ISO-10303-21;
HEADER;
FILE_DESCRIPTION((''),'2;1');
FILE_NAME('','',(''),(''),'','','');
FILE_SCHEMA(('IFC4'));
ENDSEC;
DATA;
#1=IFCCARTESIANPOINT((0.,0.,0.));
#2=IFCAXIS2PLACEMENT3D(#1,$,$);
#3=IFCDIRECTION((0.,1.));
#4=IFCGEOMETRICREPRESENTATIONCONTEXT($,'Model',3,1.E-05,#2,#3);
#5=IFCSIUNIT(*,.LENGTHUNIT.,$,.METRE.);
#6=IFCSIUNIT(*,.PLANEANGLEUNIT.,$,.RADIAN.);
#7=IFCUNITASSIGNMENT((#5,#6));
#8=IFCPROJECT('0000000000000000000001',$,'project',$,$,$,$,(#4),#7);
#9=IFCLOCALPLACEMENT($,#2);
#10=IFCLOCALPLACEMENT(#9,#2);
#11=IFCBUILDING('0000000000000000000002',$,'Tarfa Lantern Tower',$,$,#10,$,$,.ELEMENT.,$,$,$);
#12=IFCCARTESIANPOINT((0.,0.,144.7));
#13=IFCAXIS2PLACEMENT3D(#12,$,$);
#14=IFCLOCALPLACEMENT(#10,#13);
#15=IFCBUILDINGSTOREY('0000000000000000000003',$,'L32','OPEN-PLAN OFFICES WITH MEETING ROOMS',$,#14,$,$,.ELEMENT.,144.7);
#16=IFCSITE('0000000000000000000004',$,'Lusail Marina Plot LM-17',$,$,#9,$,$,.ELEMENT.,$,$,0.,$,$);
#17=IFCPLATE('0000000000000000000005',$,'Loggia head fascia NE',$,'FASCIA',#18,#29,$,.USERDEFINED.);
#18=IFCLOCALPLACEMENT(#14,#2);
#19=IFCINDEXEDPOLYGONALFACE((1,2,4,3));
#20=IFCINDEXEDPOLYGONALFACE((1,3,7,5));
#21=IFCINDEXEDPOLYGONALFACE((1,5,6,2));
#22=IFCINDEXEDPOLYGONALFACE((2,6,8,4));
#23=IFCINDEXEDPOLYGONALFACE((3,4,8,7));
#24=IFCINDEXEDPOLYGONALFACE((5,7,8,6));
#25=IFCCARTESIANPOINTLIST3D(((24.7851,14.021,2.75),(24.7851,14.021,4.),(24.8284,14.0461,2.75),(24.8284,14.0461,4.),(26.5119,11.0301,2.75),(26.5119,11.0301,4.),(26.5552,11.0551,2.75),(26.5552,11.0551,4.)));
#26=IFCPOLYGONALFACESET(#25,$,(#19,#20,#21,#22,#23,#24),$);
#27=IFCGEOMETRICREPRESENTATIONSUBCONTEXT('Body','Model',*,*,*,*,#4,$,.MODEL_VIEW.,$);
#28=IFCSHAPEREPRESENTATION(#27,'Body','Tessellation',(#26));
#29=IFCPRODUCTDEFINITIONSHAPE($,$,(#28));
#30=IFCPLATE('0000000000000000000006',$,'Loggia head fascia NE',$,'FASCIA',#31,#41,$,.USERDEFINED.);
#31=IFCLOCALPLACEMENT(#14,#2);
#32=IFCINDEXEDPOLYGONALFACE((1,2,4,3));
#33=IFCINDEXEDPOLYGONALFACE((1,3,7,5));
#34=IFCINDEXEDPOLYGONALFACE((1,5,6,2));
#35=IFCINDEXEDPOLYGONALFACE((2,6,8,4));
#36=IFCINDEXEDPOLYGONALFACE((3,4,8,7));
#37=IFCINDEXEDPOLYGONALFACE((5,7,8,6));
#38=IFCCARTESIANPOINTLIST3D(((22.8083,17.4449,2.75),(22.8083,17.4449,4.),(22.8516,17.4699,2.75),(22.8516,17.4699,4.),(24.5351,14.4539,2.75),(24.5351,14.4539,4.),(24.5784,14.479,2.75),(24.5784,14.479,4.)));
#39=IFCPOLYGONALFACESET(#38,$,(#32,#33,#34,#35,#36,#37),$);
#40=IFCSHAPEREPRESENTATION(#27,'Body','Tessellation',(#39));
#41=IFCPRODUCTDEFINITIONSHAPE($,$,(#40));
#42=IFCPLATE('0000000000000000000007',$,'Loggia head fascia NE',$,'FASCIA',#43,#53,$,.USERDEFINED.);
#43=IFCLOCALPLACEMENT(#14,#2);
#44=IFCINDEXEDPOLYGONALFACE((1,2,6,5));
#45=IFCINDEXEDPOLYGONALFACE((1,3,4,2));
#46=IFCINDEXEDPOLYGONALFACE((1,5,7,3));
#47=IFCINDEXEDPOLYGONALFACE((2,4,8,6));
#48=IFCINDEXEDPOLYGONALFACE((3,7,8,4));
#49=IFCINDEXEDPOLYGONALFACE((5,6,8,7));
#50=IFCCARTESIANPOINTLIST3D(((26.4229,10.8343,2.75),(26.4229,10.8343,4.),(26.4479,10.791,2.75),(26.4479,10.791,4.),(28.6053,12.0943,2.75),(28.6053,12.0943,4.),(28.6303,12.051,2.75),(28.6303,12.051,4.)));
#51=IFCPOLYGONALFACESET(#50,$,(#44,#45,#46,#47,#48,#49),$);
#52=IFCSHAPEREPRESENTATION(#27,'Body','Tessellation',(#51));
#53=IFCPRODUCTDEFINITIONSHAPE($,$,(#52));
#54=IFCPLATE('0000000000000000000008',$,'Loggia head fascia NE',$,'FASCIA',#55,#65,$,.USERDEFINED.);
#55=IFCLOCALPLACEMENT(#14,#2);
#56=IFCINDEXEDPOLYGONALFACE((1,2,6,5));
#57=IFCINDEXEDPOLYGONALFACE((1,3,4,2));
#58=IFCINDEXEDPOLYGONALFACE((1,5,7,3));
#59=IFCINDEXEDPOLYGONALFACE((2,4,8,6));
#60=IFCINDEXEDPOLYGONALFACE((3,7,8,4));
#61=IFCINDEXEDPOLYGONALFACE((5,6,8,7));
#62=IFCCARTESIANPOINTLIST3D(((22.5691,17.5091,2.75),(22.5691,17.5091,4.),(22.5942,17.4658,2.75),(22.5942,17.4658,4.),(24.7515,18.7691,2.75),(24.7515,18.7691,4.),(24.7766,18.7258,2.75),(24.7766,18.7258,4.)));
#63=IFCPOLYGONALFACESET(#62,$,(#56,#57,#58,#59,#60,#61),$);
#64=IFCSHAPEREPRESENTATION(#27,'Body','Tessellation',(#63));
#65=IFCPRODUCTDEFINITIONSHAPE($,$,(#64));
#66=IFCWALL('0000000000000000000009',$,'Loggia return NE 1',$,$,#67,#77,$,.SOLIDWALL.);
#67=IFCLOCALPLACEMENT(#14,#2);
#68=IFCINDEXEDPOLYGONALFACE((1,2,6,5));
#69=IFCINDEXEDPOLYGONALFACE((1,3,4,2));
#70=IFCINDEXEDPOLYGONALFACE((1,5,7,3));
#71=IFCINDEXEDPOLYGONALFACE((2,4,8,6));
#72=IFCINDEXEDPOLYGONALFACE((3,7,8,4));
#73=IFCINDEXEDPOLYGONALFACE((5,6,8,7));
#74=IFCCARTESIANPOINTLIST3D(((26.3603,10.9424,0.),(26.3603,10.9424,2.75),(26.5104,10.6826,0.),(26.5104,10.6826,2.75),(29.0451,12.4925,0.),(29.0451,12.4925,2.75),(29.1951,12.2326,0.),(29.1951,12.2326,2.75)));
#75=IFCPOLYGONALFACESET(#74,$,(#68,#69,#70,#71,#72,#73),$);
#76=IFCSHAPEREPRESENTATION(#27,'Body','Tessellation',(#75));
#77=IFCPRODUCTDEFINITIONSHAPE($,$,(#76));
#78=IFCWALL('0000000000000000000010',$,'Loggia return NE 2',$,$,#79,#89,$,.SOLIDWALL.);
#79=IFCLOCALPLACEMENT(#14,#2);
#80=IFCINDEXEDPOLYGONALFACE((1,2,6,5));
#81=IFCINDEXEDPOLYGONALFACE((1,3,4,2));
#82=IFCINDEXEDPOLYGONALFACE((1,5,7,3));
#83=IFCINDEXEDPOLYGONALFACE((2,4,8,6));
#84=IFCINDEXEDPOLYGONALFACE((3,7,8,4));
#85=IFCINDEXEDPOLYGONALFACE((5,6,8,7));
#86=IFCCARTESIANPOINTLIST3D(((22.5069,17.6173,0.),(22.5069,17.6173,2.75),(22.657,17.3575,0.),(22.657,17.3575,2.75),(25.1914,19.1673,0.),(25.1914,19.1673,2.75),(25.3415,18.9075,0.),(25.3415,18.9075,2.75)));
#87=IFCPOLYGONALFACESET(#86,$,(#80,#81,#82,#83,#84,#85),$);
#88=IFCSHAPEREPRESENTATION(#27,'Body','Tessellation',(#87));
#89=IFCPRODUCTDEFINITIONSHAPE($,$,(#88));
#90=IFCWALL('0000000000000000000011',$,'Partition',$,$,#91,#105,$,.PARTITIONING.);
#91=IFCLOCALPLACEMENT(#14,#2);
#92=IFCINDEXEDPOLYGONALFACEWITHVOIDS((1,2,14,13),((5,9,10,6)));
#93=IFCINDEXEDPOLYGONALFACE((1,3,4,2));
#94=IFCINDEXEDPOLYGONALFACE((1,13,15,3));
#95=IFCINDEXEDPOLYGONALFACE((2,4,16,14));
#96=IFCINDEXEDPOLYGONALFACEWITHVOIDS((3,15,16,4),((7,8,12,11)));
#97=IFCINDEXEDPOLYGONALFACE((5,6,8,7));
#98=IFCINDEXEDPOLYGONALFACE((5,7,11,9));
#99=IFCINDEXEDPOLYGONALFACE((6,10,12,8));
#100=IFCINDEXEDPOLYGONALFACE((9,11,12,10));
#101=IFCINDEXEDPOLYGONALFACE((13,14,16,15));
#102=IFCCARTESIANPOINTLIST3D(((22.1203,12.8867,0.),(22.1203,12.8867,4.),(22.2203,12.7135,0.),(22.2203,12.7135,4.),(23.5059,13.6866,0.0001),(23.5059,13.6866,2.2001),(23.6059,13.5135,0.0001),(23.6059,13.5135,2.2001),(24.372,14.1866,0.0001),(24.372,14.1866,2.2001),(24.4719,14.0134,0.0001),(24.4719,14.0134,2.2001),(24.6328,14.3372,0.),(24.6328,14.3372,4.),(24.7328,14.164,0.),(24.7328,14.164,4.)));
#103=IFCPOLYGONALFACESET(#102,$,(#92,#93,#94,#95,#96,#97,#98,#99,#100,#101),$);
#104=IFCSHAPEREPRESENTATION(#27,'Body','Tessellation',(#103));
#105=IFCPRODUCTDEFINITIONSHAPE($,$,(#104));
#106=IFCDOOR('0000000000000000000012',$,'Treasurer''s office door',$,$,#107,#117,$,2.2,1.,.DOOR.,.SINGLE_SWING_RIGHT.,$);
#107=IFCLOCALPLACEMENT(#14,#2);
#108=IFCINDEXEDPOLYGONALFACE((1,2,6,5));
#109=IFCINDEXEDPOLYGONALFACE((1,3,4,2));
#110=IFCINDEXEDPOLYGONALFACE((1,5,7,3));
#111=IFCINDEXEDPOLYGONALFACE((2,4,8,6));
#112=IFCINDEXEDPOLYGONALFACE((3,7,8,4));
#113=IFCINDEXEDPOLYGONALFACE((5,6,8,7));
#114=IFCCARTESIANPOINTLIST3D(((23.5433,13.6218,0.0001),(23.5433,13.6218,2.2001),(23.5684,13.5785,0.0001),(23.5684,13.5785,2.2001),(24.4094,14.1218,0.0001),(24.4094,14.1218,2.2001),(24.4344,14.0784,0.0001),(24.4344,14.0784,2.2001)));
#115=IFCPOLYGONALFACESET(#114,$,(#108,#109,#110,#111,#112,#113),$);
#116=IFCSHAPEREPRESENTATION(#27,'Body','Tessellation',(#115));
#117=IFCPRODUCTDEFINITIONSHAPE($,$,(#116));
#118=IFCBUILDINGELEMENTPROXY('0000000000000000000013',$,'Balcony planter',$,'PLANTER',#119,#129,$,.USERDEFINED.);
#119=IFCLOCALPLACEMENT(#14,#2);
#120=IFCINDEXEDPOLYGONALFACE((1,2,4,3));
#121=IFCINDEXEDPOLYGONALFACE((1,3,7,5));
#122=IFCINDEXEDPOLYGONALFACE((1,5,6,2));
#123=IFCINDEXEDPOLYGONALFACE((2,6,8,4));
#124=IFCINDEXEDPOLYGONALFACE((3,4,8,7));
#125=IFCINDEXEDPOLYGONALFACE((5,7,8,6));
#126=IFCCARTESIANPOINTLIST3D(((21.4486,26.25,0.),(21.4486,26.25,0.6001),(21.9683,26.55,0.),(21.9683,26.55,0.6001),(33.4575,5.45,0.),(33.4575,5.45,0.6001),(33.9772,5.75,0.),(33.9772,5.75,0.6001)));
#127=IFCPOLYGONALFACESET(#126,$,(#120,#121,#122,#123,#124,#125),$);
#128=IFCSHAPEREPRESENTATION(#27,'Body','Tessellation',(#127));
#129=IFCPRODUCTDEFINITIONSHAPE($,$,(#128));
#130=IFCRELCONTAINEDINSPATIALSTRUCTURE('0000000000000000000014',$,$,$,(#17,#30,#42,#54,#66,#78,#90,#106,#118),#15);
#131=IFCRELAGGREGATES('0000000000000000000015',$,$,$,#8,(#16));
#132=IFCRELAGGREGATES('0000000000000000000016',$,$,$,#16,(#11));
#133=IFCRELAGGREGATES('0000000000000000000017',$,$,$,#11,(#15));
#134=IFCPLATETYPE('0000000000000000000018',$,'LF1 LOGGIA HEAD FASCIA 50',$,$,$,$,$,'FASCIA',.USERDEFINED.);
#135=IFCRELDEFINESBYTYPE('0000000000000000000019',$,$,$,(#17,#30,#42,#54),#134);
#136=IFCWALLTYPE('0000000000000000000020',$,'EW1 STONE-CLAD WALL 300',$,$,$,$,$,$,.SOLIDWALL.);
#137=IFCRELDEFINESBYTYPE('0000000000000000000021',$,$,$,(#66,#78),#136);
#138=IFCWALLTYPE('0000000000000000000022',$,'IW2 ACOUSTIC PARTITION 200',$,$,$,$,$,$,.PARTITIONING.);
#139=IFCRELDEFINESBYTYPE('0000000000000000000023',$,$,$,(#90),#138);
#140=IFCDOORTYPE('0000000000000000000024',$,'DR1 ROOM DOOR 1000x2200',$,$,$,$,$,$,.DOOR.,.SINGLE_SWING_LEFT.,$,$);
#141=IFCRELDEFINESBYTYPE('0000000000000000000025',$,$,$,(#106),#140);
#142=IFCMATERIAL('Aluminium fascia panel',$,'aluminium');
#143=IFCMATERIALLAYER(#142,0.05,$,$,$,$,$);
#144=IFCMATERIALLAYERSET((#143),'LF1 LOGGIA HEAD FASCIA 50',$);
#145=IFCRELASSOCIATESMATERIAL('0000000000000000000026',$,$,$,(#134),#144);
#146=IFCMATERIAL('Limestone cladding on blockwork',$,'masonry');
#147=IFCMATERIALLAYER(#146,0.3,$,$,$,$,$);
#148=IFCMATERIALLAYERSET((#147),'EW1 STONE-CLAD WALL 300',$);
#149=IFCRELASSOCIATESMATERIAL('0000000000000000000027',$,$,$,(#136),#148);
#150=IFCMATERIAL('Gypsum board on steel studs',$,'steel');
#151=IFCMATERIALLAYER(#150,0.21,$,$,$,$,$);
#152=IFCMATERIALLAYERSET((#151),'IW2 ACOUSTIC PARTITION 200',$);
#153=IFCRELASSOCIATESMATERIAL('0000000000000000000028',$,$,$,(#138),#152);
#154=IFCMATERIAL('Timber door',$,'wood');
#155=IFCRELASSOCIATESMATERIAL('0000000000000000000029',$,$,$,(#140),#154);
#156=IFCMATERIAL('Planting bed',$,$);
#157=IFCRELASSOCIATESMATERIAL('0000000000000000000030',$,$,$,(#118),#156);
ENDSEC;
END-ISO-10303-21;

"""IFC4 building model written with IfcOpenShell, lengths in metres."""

from ifc_helpers import new_model, si_unit, direction, frame, frame_2d, origin, origin_2d, place, context, subcontext, project, spatial, rectangle, extrude, material, layer, layer_set, type_object, element, fill, save


model = new_model("IFC4")

# Units and contexts
model_context = context("Model", 3, precision=1e-05, world=origin(), true_north=direction((0.0, 1.0)))
body_context = subcontext(model_context, "Body", "Model", "MODEL_VIEW")
ifc_project = project(units=[si_unit("LENGTHUNIT", "METRE"), si_unit("PLANEANGLEUNIT", "RADIAN")], contexts=[model_context])

# Site, building, storey
site_placement = place(None, origin())
site = spatial("IfcSite", under=ifc_project, at=site_placement, Name="Lusail Marina Plot LM-17", CompositionType="ELEMENT", RefElevation=0.0)
building_placement = place(site_placement, origin())
building = spatial("IfcBuilding", under=site, at=building_placement, Name="Tarfa Lantern Tower", CompositionType="ELEMENT")
storey_placement = place(building_placement, frame((0.0, 0.0, 144.7)))
storey = spatial("IfcBuildingStorey", under=building, at=storey_placement, Name="L32", Description="OPEN-PLAN OFFICES WITH MEETING ROOMS", CompositionType="ELEMENT", Elevation=144.7)

# Plates
ifc_material_1 = material(Name="Aluminium fascia panel", Category="aluminium")
ifc_layer_1 = layer(ifc_material_1, 0.05)
ifc_layer_set_1 = layer_set([ifc_layer_1], Name="LF1 LOGGIA HEAD FASCIA 50")
plate_type_1 = type_object("IfcPlateType", Name="LF1 LOGGIA HEAD FASCIA 50", ElementType="FASCIA", PredefinedType="USERDEFINED", material=ifc_layer_set_1)
for number, where, z_axis, x_axis, name in (
    (1, (25.6702, 12.5381, 2.75), (0.0, 0.0, 1.0), (-0.5, 0.866025, 0.0), "Loggia head fascia NE"),
    (2, (23.6934, 15.9619, 2.75), (0.0, 0.0, 1.0), (-0.5, 0.866025, 0.0), "Loggia head fascia NE"),
):
    element("IfcPlate", number, at=place(storey_placement, frame(where, z_axis=z_axis, x_axis=x_axis)), inside=storey, type_object=plate_type_1, Name=name, ObjectType="FASCIA", PredefinedType="USERDEFINED", context=body_context, shape_type="SweptSolid", body=[
        extrude(rectangle(XDim=3.4536, YDim=0.05, at=origin_2d()), origin(), (0.0, 0.0, 1.0), 1.25),
    ])
for number, where, z_axis, x_axis, name in (
    (3, (27.5266, 11.4426, 2.75), (0.0, 0.0, 1.0), (-0.866025, -0.5, 0.0), "Loggia head fascia NE"),
    (4, (23.6729, 18.1174, 2.75), (0.0, 0.0, 1.0), (-0.866025, -0.5, 0.0), "Loggia head fascia NE"),
):
    element("IfcPlate", number, at=place(storey_placement, frame(where, z_axis=z_axis, x_axis=x_axis)), inside=storey, type_object=plate_type_1, Name=name, ObjectType="FASCIA", PredefinedType="USERDEFINED", context=body_context, shape_type="SweptSolid", body=[
        extrude(rectangle(XDim=2.52, YDim=0.05, at=origin_2d()), origin(), (0.0, 0.0, 1.0), 1.25),
    ])

# Walls
ifc_material_2 = material(Name="Limestone cladding on blockwork", Category="masonry")
ifc_layer_2 = layer(ifc_material_2, 0.3)
ifc_layer_set_2 = layer_set([ifc_layer_2], Name="EW1 STONE-CLAD WALL 300")
wall_type_1 = type_object("IfcWallType", Name="EW1 STONE-CLAD WALL 300", PredefinedType="SOLIDWALL", material=ifc_layer_set_2)
wall_1_placement = place(storey_placement, frame((29.1201, 12.3625, 0.0), z_axis=(0.0, 0.0, 1.0), x_axis=(-0.86603, -0.499993, 0.0)))
element("IfcWall", 5, at=wall_1_placement, inside=storey, type_object=wall_type_1, Name="Loggia return NE 1", PredefinedType="SOLIDWALL", context=body_context, shape_type="SweptSolid", body=[
    extrude(rectangle(XDim=3.1001, YDim=0.3, at=frame_2d((1.55, 0.0))), origin(), (0.0, 0.0, 1.0), 2.75),
])
wall_2_placement = place(storey_placement, frame((25.2664, 19.0374, 0.0), z_axis=(0.0, 0.0, 1.0), x_axis=(-0.86601, -0.500027, 0.0)))
element("IfcWall", 6, at=wall_2_placement, inside=storey, type_object=wall_type_1, Name="Loggia return NE 2", PredefinedType="SOLIDWALL", context=body_context, shape_type="SweptSolid", body=[
    extrude(rectangle(XDim=3.0999, YDim=0.3, at=frame_2d((1.5498, 0.0))), origin(), (0.0, 0.0, 1.0), 2.75),
])

# Wall, opening, door
ifc_material_3 = material(Name="Gypsum board on steel studs", Category="steel")
ifc_layer_3 = layer(ifc_material_3, 0.21)
ifc_layer_set_3 = layer_set([ifc_layer_3], Name="IW2 ACOUSTIC PARTITION 200")
wall_type_2 = type_object("IfcWallType", Name="IW2 ACOUSTIC PARTITION 200", PredefinedType="PARTITIONING", material=ifc_layer_set_3)
wall_3_placement = place(storey_placement, frame((22.1702, 12.8, 0.0), z_axis=(0.0, 0.0, 1.0), x_axis=(0.866044, 0.499968, 0.0)))
wall_3 = element("IfcWall", 7, at=wall_3_placement, inside=storey, type_object=wall_type_2, Name="Partition", PredefinedType="PARTITIONING", context=body_context, shape_type="SweptSolid", body=[
    extrude(rectangle(XDim=2.9011, YDim=0.2, at=frame_2d((1.4507, 0.0))), origin(), (0.0, 0.0, 1.0), 4.0),
])
opening_placement = place(wall_3_placement, frame((1.6001, 0.0, 0.0)))
opening = element("IfcOpeningElement", 8, at=opening_placement, cuts=wall_3, PredefinedType="OPENING", context=body_context, shape_type="SweptSolid", body=[
    extrude(rectangle(XDim=1.0, YDim=2.2, at=frame_2d((0.5, 1.1001))), frame((0.0, 0.1099, 0.0), z_axis=(0.0, -1.0, 0.0), x_axis=(1.0, 0.0, 0.0)), (0.0, 0.0, 1.0), 0.22),
])
ifc_material_4 = material(Name="Timber door", Category="wood")
door_type = type_object("IfcDoorType", Name="DR1 ROOM DOOR 1000x2200", OperationType="SINGLE_SWING_LEFT", PredefinedType="DOOR", material=ifc_material_4)
door_placement = place(opening_placement, frame((1.0, 0.0, 0.0), z_axis=(0.0, 0.0, 1.0), x_axis=(-1.0, 0.0, 0.0)))
door = element("IfcDoor", 9, at=door_placement, inside=storey, type_object=door_type, Name="Treasurer's office door", OperationType="SINGLE_SWING_RIGHT", OverallHeight=2.2, OverallWidth=1.0, PredefinedType="DOOR", context=body_context, shape_type="SweptSolid", body=[
    extrude(rectangle(XDim=1.0, YDim=2.2, at=frame_2d((0.5, 1.1001))), frame((0.0, 0.0249, 0.0), z_axis=(0.0, -1.0, 0.0), x_axis=(1.0, 0.0, 0.0)), (0.0, 0.0, 1.0), 0.05),
])
fill(opening, door)

# Building element proxy
ifc_material_5 = material(Name="Planting bed")
proxy_placement = place(storey_placement, frame((27.7129, 16.0, 0.0), z_axis=(0.0, 0.0, 1.0), x_axis=(-0.5, 0.866025, 0.0)))
element("IfcBuildingElementProxy", 10, at=proxy_placement, inside=storey, material=ifc_material_5, Name="Balcony planter", ObjectType="PLANTER", PredefinedType="USERDEFINED", context=body_context, shape_type="SweptSolid", body=[
    extrude(rectangle(XDim=24.0178, YDim=0.6001, at=origin_2d()), origin(), (0.0, 0.0, 1.0), 0.6001),
])

save(model, "model.ifc")
